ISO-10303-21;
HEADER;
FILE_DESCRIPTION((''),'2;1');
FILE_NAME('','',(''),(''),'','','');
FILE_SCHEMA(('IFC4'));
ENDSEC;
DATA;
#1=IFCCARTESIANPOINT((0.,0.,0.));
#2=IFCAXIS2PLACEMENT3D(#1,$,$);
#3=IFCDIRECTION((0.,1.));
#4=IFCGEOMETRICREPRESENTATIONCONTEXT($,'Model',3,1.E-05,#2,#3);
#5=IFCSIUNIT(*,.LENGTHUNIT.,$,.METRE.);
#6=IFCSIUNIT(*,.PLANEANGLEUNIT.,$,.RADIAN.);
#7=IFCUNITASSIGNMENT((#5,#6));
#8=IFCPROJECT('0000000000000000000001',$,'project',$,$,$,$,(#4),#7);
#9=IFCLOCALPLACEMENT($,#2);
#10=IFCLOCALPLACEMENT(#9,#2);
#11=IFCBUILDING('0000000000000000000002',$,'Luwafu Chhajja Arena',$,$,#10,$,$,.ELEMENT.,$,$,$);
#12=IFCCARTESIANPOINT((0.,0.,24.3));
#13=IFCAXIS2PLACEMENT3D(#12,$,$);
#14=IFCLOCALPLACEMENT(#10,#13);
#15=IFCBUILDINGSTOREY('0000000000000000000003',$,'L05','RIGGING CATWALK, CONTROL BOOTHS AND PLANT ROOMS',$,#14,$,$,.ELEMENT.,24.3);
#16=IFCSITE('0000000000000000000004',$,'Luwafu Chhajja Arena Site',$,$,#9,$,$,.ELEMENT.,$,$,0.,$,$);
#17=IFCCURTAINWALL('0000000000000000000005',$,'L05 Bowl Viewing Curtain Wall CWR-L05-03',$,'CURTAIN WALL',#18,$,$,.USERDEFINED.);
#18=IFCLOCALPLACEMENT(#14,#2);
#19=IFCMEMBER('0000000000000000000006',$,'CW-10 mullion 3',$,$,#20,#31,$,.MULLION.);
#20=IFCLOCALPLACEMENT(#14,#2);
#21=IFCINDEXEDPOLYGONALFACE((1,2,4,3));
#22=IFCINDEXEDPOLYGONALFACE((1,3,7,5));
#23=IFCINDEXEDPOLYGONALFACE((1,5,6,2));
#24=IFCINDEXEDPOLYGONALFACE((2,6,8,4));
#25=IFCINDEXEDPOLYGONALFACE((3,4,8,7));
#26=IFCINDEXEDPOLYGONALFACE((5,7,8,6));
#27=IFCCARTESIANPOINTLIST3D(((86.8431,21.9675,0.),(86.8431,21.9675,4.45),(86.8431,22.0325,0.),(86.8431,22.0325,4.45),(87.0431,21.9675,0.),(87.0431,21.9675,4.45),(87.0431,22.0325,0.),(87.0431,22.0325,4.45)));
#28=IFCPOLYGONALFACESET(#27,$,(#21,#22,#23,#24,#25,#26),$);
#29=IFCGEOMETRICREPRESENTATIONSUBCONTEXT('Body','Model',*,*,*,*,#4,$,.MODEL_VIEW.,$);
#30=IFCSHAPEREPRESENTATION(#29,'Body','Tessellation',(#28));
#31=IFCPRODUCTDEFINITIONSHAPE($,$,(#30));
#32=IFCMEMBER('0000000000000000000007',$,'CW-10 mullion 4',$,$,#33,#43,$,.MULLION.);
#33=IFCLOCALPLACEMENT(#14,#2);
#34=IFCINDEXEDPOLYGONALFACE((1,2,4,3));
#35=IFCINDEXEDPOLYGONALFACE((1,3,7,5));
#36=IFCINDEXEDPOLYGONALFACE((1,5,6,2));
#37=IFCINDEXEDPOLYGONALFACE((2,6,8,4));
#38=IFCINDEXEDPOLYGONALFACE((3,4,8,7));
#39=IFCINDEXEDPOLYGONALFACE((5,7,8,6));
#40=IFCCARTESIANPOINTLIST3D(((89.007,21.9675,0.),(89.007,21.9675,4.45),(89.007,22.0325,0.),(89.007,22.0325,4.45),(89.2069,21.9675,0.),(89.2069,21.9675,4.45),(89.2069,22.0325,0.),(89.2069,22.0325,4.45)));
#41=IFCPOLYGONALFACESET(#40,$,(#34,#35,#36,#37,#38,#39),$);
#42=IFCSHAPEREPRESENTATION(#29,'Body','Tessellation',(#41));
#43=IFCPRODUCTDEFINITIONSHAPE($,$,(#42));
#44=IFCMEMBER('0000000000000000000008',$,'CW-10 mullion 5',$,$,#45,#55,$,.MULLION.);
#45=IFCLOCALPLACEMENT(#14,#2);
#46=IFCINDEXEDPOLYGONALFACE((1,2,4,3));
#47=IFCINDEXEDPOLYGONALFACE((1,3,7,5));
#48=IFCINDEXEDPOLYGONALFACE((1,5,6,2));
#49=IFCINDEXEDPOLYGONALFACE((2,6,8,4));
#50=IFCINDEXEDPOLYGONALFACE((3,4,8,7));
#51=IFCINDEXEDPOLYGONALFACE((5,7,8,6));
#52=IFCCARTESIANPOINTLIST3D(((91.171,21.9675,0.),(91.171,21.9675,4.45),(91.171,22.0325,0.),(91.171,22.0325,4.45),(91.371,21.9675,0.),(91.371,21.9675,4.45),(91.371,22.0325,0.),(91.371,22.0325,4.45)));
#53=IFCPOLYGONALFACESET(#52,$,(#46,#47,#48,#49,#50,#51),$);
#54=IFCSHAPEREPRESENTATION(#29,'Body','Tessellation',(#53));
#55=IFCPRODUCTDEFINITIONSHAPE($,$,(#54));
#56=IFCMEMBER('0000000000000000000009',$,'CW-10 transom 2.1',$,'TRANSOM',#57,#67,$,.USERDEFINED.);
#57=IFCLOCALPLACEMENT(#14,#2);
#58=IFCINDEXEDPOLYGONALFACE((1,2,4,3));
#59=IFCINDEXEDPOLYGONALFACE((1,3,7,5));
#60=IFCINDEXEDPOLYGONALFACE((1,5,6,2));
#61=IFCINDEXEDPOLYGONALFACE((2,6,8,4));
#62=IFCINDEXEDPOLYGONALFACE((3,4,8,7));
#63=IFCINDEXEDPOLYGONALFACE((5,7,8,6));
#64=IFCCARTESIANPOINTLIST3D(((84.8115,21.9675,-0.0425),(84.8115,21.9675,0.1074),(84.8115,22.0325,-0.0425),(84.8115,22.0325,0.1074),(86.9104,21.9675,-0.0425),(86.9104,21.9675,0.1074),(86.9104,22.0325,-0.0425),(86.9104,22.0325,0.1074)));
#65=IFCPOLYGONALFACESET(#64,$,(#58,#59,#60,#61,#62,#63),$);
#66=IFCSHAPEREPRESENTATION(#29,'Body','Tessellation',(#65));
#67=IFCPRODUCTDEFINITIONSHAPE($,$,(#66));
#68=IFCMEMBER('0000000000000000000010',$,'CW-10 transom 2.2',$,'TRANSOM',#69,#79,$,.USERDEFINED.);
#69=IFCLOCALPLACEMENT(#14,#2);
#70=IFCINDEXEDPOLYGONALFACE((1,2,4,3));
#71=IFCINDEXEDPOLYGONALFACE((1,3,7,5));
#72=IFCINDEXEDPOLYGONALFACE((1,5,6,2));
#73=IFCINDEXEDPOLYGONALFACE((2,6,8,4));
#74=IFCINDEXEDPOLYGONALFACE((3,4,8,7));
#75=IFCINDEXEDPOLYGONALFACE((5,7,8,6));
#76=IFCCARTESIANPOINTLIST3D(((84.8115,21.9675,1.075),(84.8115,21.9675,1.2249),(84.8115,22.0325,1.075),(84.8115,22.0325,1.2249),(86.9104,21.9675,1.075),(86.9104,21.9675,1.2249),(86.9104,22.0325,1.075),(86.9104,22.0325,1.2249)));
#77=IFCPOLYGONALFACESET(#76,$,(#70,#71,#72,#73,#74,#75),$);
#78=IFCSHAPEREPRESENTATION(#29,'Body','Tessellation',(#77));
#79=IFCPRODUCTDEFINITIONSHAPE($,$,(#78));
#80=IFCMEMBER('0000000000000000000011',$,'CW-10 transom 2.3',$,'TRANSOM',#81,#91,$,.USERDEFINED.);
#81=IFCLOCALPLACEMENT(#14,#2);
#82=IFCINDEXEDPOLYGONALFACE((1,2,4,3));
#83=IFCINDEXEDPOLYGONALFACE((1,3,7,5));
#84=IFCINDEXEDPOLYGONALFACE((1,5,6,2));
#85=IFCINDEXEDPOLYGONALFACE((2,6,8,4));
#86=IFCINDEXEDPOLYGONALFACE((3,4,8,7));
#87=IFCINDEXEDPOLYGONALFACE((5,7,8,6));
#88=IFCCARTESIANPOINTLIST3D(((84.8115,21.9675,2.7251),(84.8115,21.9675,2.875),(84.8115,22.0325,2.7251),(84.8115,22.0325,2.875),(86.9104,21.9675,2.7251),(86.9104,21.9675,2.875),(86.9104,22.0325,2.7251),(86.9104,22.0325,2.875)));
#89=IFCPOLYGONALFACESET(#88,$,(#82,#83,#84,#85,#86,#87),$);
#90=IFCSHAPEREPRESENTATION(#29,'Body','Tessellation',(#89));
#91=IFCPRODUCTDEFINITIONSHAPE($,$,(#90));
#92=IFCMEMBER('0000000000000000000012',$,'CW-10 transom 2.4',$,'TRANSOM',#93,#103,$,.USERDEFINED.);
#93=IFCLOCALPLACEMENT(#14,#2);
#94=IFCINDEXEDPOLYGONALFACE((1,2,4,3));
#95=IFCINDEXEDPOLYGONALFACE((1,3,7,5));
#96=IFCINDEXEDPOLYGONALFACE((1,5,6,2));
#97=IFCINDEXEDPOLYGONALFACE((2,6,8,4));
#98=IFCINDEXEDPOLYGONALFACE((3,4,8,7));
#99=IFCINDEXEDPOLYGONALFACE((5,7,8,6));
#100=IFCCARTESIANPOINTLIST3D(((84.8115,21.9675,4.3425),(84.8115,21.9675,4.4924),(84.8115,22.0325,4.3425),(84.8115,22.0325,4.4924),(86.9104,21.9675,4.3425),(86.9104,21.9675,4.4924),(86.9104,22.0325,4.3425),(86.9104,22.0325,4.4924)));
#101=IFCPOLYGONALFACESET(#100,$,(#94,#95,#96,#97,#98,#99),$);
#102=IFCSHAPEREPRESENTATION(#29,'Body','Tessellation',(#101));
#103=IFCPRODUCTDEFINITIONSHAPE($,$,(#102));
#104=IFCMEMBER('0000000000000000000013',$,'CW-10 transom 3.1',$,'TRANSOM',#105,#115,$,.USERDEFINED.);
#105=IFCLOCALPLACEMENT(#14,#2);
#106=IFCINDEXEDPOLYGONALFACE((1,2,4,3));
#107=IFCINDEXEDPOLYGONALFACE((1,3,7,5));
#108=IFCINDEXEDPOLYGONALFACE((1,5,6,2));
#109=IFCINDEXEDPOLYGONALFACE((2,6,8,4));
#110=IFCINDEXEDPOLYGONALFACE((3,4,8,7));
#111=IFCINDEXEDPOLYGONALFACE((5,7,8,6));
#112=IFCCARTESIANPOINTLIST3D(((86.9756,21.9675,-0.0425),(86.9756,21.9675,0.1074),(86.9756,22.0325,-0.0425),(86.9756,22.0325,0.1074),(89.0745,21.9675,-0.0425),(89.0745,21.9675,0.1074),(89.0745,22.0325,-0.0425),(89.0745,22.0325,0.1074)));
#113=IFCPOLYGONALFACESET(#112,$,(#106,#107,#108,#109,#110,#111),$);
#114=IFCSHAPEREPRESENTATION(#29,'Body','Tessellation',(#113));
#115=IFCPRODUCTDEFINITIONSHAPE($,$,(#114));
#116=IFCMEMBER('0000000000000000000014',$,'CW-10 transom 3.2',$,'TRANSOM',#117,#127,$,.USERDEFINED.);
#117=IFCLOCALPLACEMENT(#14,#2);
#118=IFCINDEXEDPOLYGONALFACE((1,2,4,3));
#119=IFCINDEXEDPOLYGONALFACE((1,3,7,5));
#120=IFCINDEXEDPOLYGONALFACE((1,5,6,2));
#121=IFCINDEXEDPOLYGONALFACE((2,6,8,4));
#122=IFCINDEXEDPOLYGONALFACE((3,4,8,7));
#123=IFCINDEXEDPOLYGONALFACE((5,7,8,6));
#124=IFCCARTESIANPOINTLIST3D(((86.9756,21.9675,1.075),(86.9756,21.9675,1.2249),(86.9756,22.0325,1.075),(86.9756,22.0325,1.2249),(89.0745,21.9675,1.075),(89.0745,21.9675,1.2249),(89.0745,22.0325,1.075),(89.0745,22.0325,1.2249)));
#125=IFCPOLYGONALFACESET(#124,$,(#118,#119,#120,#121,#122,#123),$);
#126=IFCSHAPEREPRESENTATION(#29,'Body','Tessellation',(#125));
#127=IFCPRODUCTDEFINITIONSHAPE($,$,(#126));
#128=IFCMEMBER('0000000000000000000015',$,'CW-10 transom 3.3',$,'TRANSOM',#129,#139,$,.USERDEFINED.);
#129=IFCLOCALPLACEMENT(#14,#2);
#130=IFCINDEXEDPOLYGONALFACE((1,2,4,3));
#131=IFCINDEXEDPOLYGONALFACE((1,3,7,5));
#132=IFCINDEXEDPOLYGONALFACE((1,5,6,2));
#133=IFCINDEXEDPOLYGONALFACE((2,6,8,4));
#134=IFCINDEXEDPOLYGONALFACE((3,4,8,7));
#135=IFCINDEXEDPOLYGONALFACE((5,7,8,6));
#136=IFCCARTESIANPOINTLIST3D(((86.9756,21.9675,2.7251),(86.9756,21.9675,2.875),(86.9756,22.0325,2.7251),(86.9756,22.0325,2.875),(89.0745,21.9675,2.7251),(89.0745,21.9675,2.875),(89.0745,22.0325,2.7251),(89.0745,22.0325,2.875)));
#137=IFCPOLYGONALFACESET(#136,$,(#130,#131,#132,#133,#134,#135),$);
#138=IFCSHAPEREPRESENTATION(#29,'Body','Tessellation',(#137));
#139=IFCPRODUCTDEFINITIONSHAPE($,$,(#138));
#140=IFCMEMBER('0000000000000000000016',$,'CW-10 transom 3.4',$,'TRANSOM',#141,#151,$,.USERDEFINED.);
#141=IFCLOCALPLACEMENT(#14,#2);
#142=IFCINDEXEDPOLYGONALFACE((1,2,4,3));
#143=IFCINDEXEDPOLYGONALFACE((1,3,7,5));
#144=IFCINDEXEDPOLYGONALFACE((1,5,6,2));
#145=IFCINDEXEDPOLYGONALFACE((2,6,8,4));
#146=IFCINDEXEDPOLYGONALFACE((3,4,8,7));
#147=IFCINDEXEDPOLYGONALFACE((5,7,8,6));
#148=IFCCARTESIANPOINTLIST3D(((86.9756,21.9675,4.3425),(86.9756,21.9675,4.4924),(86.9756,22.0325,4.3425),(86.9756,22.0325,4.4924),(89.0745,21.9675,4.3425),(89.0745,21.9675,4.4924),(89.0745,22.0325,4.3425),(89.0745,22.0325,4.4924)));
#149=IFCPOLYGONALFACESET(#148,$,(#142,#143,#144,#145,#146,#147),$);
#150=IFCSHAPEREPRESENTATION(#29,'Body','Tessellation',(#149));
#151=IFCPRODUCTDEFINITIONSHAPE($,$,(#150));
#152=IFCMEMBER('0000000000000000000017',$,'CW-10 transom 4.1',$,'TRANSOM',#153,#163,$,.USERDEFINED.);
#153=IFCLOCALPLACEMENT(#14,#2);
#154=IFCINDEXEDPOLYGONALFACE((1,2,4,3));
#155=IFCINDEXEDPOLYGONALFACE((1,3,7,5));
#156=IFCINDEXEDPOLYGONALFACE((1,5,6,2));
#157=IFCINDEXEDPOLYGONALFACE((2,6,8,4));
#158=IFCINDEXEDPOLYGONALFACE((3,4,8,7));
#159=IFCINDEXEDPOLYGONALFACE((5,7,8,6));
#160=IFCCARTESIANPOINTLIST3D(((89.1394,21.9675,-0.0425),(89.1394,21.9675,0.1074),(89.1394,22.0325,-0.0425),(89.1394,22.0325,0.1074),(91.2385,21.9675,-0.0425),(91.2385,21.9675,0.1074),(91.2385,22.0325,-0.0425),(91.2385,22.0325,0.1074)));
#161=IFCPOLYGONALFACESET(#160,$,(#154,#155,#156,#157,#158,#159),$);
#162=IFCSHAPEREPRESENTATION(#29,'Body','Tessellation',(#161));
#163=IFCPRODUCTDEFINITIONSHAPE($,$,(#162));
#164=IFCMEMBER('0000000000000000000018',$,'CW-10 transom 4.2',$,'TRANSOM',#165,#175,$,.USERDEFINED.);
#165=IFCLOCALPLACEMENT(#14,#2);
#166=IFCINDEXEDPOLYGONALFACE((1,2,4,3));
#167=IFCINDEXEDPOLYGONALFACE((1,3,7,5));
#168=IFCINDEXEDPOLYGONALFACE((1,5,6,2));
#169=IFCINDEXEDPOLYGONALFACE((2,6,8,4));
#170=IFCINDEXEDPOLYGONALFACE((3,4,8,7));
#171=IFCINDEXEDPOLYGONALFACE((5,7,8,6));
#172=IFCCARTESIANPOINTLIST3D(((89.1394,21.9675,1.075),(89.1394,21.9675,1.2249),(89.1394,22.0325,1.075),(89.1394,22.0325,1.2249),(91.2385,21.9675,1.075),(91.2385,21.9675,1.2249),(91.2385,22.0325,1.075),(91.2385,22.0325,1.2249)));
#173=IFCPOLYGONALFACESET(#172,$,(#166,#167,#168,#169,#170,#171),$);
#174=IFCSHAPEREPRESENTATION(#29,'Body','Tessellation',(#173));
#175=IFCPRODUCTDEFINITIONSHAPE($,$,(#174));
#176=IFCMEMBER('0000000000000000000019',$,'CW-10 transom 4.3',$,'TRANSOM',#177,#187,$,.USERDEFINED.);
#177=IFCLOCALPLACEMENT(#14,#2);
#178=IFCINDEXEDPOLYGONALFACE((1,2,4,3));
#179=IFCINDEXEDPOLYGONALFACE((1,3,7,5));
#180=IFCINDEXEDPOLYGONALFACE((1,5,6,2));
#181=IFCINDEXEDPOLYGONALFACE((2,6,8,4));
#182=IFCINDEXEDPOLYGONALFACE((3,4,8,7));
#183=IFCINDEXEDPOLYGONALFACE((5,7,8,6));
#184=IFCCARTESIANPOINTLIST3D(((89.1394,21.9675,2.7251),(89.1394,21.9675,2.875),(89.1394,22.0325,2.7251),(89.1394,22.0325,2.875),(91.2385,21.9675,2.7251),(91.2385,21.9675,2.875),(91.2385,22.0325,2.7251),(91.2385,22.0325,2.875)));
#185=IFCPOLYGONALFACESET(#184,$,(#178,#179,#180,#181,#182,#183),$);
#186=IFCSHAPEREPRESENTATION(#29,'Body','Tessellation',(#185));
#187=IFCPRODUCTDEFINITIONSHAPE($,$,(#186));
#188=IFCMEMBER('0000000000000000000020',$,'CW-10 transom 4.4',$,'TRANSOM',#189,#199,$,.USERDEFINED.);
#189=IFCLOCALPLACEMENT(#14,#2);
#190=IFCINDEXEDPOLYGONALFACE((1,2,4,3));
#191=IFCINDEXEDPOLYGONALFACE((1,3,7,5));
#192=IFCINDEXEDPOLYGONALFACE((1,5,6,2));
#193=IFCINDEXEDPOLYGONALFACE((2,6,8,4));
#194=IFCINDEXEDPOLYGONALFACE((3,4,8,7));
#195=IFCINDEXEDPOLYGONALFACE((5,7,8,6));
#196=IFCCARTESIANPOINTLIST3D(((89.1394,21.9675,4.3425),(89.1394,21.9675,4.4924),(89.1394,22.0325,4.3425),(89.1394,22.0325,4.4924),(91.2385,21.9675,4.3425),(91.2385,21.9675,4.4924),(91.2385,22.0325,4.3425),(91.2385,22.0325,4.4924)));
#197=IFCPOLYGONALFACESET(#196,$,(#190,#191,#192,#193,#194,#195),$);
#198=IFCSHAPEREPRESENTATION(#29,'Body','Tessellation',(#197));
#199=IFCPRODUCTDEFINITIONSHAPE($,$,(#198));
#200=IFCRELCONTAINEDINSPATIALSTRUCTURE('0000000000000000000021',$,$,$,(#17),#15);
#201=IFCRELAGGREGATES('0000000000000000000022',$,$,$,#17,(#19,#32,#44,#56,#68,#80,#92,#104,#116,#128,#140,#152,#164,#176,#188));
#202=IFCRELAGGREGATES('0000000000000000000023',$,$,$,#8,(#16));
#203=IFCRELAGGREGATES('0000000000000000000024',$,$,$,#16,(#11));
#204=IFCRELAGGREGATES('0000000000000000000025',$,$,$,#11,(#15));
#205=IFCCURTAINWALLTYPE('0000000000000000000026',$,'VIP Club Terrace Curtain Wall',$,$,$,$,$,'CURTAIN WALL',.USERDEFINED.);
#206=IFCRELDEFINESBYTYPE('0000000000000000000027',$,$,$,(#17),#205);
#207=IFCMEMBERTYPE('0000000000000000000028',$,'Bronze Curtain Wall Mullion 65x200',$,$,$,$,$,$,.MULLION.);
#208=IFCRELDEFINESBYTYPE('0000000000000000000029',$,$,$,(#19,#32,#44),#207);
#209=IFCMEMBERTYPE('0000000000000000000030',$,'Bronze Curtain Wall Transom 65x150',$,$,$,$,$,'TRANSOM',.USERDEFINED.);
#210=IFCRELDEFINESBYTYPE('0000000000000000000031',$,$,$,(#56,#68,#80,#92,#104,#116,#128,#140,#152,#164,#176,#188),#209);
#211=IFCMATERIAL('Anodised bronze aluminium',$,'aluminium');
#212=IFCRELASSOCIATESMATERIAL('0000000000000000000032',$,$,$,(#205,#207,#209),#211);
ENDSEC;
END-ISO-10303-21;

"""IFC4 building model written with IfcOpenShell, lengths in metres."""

from ifc_helpers import new_model, si_unit, direction, frame, origin, origin_2d, place, context, subcontext, project, spatial, rectangle, extrude, material, material_profile, profile_set, type_object, element, aggregate, save


model = new_model("IFC4")

# Units and contexts
model_context = context("Model", 3, precision=1e-05, world=origin(), true_north=direction((0.0, 1.0)))
body_context = subcontext(model_context, "Body", "Model", "MODEL_VIEW")
ifc_project = project(units=[si_unit("LENGTHUNIT", "METRE"), si_unit("PLANEANGLEUNIT", "RADIAN")], contexts=[model_context])

# Site, building, storey
site_placement = place(None, origin())
site = spatial("IfcSite", under=ifc_project, at=site_placement, Name="Luwafu Chhajja Arena Site", CompositionType="ELEMENT", RefElevation=0.0)
building_placement = place(site_placement, origin())
building = spatial("IfcBuilding", under=site, at=building_placement, Name="Luwafu Chhajja Arena", CompositionType="ELEMENT")
storey_placement = place(building_placement, frame((0.0, 0.0, 24.3)))
storey = spatial("IfcBuildingStorey", under=building, at=storey_placement, Name="L05", Description="RIGGING CATWALK, CONTROL BOOTHS AND PLANT ROOMS", CompositionType="ELEMENT", Elevation=24.3)

# Curtain wall, members
ifc_material_1 = material(Name="Anodised bronze aluminium", Category="aluminium")
curtain_wall_type = type_object("IfcCurtainWallType", Name="VIP Club Terrace Curtain Wall", ElementType="CURTAIN WALL", PredefinedType="USERDEFINED", material=ifc_material_1)
curtain_wall_placement = place(storey_placement, origin())
curtain_wall = element("IfcCurtainWall", 1, at=curtain_wall_placement, inside=storey, type_object=curtain_wall_type, Name="L05 Bowl Viewing Curtain Wall CWR-L05-03", ObjectType="CURTAIN WALL", PredefinedType="USERDEFINED")
ifc_material_profile_1 = material_profile(ifc_material_1, rectangle(XDim=0.0649, YDim=0.2, at=origin_2d()), Name="CWM 65x200")
ifc_profile_set_1 = profile_set([ifc_material_profile_1], Name="Anodised bronze aluminium")
member_type_1 = type_object("IfcMemberType", Name="Bronze Curtain Wall Mullion 65x200", PredefinedType="MULLION", material=ifc_profile_set_1)
member_1_placement = place(storey_placement, frame((86.9431, 22.0, 0.0), z_axis=(0.0, 0.0, 1.0), x_axis=(0.0, 1.0, 0.0)))
member_1 = element("IfcMember", 2, at=member_1_placement, type_object=member_type_1, Name="CW-10 mullion 3", PredefinedType="MULLION", context=body_context, shape_type="SweptSolid", body=[
    extrude(rectangle(XDim=0.0649, YDim=0.2, at=origin_2d()), origin(), (0.0, 0.0, 1.0), 4.45),
])
member_2_placement = place(storey_placement, frame((89.1069, 22.0, 0.0), z_axis=(0.0, 0.0, 1.0), x_axis=(0.0, 1.0, 0.0)))
member_2 = element("IfcMember", 3, at=member_2_placement, type_object=member_type_1, Name="CW-10 mullion 4", PredefinedType="MULLION", context=body_context, shape_type="SweptSolid", body=[
    extrude(rectangle(XDim=0.0649, YDim=0.2, at=origin_2d()), origin(), (0.0, 0.0, 1.0), 4.45),
])
member_3_placement = place(storey_placement, frame((91.271, 22.0, 0.0), z_axis=(0.0, 0.0, 1.0), x_axis=(0.0, 1.0, 0.0)))
member_3 = element("IfcMember", 4, at=member_3_placement, type_object=member_type_1, Name="CW-10 mullion 5", PredefinedType="MULLION", context=body_context, shape_type="SweptSolid", body=[
    extrude(rectangle(XDim=0.0649, YDim=0.2, at=origin_2d()), origin(), (0.0, 0.0, 1.0), 4.45),
])
ifc_material_profile_2 = material_profile(ifc_material_1, rectangle(XDim=0.0649, YDim=0.1499, at=origin_2d()), Name="CWT 65x150")
ifc_profile_set_2 = profile_set([ifc_material_profile_2], Name="Anodised bronze aluminium")
member_type_2 = type_object("IfcMemberType", Name="Bronze Curtain Wall Transom 65x150", ElementType="TRANSOM", PredefinedType="USERDEFINED", material=ifc_profile_set_2)
member_4_placement = place(storey_placement, frame((84.8115, 22.0, 0.0325), z_axis=(1.0, 0.0, 0.0), x_axis=(0.0, 1.0, 0.0)))
member_4 = element("IfcMember", 5, at=member_4_placement, type_object=member_type_2, Name="CW-10 transom 2.1", ObjectType="TRANSOM", PredefinedType="USERDEFINED", context=body_context, shape_type="SweptSolid", body=[
    extrude(rectangle(XDim=0.0649, YDim=0.1499, at=origin_2d()), origin(), (0.0, 0.0, 1.0), 2.0989),
])
member_5_placement = place(storey_placement, frame((84.8115, 22.0, 1.1499), z_axis=(1.0, 0.0, 0.0), x_axis=(0.0, 1.0, 0.0)))
member_5 = element("IfcMember", 6, at=member_5_placement, type_object=member_type_2, Name="CW-10 transom 2.2", ObjectType="TRANSOM", PredefinedType="USERDEFINED", context=body_context, shape_type="SweptSolid", body=[
    extrude(rectangle(XDim=0.0649, YDim=0.1499, at=origin_2d()), origin(), (0.0, 0.0, 1.0), 2.0989),
])
member_6_placement = place(storey_placement, frame((84.8115, 22.0, 2.8), z_axis=(1.0, 0.0, 0.0), x_axis=(0.0, 1.0, 0.0)))
member_6 = element("IfcMember", 7, at=member_6_placement, type_object=member_type_2, Name="CW-10 transom 2.3", ObjectType="TRANSOM", PredefinedType="USERDEFINED", context=body_context, shape_type="SweptSolid", body=[
    extrude(rectangle(XDim=0.0649, YDim=0.1499, at=origin_2d()), origin(), (0.0, 0.0, 1.0), 2.0989),
])
member_7_placement = place(storey_placement, frame((84.8115, 22.0, 4.4175), z_axis=(1.0, 0.0, 0.0), x_axis=(0.0, 1.0, 0.0)))
member_7 = element("IfcMember", 8, at=member_7_placement, type_object=member_type_2, Name="CW-10 transom 2.4", ObjectType="TRANSOM", PredefinedType="USERDEFINED", context=body_context, shape_type="SweptSolid", body=[
    extrude(rectangle(XDim=0.0649, YDim=0.1499, at=origin_2d()), origin(), (0.0, 0.0, 1.0), 2.0989),
])
member_8_placement = place(storey_placement, frame((86.9756, 22.0, 0.0325), z_axis=(1.0, 0.0, 0.0), x_axis=(0.0, 1.0, 0.0)))
member_8 = element("IfcMember", 9, at=member_8_placement, type_object=member_type_2, Name="CW-10 transom 3.1", ObjectType="TRANSOM", PredefinedType="USERDEFINED", context=body_context, shape_type="SweptSolid", body=[
    extrude(rectangle(XDim=0.0649, YDim=0.1499, at=origin_2d()), origin(), (0.0, 0.0, 1.0), 2.0989),
])
member_9_placement = place(storey_placement, frame((86.9756, 22.0, 1.1499), z_axis=(1.0, 0.0, 0.0), x_axis=(0.0, 1.0, 0.0)))
member_9 = element("IfcMember", 10, at=member_9_placement, type_object=member_type_2, Name="CW-10 transom 3.2", ObjectType="TRANSOM", PredefinedType="USERDEFINED", context=body_context, shape_type="SweptSolid", body=[
    extrude(rectangle(XDim=0.0649, YDim=0.1499, at=origin_2d()), origin(), (0.0, 0.0, 1.0), 2.0989),
])
member_10_placement = place(storey_placement, frame((86.9756, 22.0, 2.8), z_axis=(1.0, 0.0, 0.0), x_axis=(0.0, 1.0, 0.0)))
member_10 = element("IfcMember", 11, at=member_10_placement, type_object=member_type_2, Name="CW-10 transom 3.3", ObjectType="TRANSOM", PredefinedType="USERDEFINED", context=body_context, shape_type="SweptSolid", body=[
    extrude(rectangle(XDim=0.0649, YDim=0.1499, at=origin_2d()), origin(), (0.0, 0.0, 1.0), 2.0989),
])
member_11_placement = place(storey_placement, frame((86.9756, 22.0, 4.4175), z_axis=(1.0, 0.0, 0.0), x_axis=(0.0, 1.0, 0.0)))
member_11 = element("IfcMember", 12, at=member_11_placement, type_object=member_type_2, Name="CW-10 transom 3.4", ObjectType="TRANSOM", PredefinedType="USERDEFINED", context=body_context, shape_type="SweptSolid", body=[
    extrude(rectangle(XDim=0.0649, YDim=0.1499, at=origin_2d()), origin(), (0.0, 0.0, 1.0), 2.0989),
])
member_12_placement = place(storey_placement, frame((89.1394, 22.0, 0.0325), z_axis=(1.0, 0.0, 0.0), x_axis=(0.0, 1.0, 0.0)))
member_12 = element("IfcMember", 13, at=member_12_placement, type_object=member_type_2, Name="CW-10 transom 4.1", ObjectType="TRANSOM", PredefinedType="USERDEFINED", context=body_context, shape_type="SweptSolid", body=[
    extrude(rectangle(XDim=0.0649, YDim=0.1499, at=origin_2d()), origin(), (0.0, 0.0, 1.0), 2.0991),
])
member_13_placement = place(storey_placement, frame((89.1394, 22.0, 1.1499), z_axis=(1.0, 0.0, 0.0), x_axis=(0.0, 1.0, 0.0)))
member_13 = element("IfcMember", 14, at=member_13_placement, type_object=member_type_2, Name="CW-10 transom 4.2", ObjectType="TRANSOM", PredefinedType="USERDEFINED", context=body_context, shape_type="SweptSolid", body=[
    extrude(rectangle(XDim=0.0649, YDim=0.1499, at=origin_2d()), origin(), (0.0, 0.0, 1.0), 2.0991),
])
member_14_placement = place(storey_placement, frame((89.1394, 22.0, 2.8), z_axis=(1.0, 0.0, 0.0), x_axis=(0.0, 1.0, 0.0)))
member_14 = element("IfcMember", 15, at=member_14_placement, type_object=member_type_2, Name="CW-10 transom 4.3", ObjectType="TRANSOM", PredefinedType="USERDEFINED", context=body_context, shape_type="SweptSolid", body=[
    extrude(rectangle(XDim=0.0649, YDim=0.1499, at=origin_2d()), origin(), (0.0, 0.0, 1.0), 2.0991),
])
member_15_placement = place(storey_placement, frame((89.1394, 22.0, 4.4175), z_axis=(1.0, 0.0, 0.0), x_axis=(0.0, 1.0, 0.0)))
member_15 = element("IfcMember", 16, at=member_15_placement, type_object=member_type_2, Name="CW-10 transom 4.4", ObjectType="TRANSOM", PredefinedType="USERDEFINED", context=body_context, shape_type="SweptSolid", body=[
    extrude(rectangle(XDim=0.0649, YDim=0.1499, at=origin_2d()), origin(), (0.0, 0.0, 1.0), 2.0991),
])
aggregate(curtain_wall, [member_1, member_2, member_3, member_4, member_5, member_6, member_7, member_8, member_9, member_10, member_11, member_12, member_13, member_14, member_15])

save(model, "model.ifc")
